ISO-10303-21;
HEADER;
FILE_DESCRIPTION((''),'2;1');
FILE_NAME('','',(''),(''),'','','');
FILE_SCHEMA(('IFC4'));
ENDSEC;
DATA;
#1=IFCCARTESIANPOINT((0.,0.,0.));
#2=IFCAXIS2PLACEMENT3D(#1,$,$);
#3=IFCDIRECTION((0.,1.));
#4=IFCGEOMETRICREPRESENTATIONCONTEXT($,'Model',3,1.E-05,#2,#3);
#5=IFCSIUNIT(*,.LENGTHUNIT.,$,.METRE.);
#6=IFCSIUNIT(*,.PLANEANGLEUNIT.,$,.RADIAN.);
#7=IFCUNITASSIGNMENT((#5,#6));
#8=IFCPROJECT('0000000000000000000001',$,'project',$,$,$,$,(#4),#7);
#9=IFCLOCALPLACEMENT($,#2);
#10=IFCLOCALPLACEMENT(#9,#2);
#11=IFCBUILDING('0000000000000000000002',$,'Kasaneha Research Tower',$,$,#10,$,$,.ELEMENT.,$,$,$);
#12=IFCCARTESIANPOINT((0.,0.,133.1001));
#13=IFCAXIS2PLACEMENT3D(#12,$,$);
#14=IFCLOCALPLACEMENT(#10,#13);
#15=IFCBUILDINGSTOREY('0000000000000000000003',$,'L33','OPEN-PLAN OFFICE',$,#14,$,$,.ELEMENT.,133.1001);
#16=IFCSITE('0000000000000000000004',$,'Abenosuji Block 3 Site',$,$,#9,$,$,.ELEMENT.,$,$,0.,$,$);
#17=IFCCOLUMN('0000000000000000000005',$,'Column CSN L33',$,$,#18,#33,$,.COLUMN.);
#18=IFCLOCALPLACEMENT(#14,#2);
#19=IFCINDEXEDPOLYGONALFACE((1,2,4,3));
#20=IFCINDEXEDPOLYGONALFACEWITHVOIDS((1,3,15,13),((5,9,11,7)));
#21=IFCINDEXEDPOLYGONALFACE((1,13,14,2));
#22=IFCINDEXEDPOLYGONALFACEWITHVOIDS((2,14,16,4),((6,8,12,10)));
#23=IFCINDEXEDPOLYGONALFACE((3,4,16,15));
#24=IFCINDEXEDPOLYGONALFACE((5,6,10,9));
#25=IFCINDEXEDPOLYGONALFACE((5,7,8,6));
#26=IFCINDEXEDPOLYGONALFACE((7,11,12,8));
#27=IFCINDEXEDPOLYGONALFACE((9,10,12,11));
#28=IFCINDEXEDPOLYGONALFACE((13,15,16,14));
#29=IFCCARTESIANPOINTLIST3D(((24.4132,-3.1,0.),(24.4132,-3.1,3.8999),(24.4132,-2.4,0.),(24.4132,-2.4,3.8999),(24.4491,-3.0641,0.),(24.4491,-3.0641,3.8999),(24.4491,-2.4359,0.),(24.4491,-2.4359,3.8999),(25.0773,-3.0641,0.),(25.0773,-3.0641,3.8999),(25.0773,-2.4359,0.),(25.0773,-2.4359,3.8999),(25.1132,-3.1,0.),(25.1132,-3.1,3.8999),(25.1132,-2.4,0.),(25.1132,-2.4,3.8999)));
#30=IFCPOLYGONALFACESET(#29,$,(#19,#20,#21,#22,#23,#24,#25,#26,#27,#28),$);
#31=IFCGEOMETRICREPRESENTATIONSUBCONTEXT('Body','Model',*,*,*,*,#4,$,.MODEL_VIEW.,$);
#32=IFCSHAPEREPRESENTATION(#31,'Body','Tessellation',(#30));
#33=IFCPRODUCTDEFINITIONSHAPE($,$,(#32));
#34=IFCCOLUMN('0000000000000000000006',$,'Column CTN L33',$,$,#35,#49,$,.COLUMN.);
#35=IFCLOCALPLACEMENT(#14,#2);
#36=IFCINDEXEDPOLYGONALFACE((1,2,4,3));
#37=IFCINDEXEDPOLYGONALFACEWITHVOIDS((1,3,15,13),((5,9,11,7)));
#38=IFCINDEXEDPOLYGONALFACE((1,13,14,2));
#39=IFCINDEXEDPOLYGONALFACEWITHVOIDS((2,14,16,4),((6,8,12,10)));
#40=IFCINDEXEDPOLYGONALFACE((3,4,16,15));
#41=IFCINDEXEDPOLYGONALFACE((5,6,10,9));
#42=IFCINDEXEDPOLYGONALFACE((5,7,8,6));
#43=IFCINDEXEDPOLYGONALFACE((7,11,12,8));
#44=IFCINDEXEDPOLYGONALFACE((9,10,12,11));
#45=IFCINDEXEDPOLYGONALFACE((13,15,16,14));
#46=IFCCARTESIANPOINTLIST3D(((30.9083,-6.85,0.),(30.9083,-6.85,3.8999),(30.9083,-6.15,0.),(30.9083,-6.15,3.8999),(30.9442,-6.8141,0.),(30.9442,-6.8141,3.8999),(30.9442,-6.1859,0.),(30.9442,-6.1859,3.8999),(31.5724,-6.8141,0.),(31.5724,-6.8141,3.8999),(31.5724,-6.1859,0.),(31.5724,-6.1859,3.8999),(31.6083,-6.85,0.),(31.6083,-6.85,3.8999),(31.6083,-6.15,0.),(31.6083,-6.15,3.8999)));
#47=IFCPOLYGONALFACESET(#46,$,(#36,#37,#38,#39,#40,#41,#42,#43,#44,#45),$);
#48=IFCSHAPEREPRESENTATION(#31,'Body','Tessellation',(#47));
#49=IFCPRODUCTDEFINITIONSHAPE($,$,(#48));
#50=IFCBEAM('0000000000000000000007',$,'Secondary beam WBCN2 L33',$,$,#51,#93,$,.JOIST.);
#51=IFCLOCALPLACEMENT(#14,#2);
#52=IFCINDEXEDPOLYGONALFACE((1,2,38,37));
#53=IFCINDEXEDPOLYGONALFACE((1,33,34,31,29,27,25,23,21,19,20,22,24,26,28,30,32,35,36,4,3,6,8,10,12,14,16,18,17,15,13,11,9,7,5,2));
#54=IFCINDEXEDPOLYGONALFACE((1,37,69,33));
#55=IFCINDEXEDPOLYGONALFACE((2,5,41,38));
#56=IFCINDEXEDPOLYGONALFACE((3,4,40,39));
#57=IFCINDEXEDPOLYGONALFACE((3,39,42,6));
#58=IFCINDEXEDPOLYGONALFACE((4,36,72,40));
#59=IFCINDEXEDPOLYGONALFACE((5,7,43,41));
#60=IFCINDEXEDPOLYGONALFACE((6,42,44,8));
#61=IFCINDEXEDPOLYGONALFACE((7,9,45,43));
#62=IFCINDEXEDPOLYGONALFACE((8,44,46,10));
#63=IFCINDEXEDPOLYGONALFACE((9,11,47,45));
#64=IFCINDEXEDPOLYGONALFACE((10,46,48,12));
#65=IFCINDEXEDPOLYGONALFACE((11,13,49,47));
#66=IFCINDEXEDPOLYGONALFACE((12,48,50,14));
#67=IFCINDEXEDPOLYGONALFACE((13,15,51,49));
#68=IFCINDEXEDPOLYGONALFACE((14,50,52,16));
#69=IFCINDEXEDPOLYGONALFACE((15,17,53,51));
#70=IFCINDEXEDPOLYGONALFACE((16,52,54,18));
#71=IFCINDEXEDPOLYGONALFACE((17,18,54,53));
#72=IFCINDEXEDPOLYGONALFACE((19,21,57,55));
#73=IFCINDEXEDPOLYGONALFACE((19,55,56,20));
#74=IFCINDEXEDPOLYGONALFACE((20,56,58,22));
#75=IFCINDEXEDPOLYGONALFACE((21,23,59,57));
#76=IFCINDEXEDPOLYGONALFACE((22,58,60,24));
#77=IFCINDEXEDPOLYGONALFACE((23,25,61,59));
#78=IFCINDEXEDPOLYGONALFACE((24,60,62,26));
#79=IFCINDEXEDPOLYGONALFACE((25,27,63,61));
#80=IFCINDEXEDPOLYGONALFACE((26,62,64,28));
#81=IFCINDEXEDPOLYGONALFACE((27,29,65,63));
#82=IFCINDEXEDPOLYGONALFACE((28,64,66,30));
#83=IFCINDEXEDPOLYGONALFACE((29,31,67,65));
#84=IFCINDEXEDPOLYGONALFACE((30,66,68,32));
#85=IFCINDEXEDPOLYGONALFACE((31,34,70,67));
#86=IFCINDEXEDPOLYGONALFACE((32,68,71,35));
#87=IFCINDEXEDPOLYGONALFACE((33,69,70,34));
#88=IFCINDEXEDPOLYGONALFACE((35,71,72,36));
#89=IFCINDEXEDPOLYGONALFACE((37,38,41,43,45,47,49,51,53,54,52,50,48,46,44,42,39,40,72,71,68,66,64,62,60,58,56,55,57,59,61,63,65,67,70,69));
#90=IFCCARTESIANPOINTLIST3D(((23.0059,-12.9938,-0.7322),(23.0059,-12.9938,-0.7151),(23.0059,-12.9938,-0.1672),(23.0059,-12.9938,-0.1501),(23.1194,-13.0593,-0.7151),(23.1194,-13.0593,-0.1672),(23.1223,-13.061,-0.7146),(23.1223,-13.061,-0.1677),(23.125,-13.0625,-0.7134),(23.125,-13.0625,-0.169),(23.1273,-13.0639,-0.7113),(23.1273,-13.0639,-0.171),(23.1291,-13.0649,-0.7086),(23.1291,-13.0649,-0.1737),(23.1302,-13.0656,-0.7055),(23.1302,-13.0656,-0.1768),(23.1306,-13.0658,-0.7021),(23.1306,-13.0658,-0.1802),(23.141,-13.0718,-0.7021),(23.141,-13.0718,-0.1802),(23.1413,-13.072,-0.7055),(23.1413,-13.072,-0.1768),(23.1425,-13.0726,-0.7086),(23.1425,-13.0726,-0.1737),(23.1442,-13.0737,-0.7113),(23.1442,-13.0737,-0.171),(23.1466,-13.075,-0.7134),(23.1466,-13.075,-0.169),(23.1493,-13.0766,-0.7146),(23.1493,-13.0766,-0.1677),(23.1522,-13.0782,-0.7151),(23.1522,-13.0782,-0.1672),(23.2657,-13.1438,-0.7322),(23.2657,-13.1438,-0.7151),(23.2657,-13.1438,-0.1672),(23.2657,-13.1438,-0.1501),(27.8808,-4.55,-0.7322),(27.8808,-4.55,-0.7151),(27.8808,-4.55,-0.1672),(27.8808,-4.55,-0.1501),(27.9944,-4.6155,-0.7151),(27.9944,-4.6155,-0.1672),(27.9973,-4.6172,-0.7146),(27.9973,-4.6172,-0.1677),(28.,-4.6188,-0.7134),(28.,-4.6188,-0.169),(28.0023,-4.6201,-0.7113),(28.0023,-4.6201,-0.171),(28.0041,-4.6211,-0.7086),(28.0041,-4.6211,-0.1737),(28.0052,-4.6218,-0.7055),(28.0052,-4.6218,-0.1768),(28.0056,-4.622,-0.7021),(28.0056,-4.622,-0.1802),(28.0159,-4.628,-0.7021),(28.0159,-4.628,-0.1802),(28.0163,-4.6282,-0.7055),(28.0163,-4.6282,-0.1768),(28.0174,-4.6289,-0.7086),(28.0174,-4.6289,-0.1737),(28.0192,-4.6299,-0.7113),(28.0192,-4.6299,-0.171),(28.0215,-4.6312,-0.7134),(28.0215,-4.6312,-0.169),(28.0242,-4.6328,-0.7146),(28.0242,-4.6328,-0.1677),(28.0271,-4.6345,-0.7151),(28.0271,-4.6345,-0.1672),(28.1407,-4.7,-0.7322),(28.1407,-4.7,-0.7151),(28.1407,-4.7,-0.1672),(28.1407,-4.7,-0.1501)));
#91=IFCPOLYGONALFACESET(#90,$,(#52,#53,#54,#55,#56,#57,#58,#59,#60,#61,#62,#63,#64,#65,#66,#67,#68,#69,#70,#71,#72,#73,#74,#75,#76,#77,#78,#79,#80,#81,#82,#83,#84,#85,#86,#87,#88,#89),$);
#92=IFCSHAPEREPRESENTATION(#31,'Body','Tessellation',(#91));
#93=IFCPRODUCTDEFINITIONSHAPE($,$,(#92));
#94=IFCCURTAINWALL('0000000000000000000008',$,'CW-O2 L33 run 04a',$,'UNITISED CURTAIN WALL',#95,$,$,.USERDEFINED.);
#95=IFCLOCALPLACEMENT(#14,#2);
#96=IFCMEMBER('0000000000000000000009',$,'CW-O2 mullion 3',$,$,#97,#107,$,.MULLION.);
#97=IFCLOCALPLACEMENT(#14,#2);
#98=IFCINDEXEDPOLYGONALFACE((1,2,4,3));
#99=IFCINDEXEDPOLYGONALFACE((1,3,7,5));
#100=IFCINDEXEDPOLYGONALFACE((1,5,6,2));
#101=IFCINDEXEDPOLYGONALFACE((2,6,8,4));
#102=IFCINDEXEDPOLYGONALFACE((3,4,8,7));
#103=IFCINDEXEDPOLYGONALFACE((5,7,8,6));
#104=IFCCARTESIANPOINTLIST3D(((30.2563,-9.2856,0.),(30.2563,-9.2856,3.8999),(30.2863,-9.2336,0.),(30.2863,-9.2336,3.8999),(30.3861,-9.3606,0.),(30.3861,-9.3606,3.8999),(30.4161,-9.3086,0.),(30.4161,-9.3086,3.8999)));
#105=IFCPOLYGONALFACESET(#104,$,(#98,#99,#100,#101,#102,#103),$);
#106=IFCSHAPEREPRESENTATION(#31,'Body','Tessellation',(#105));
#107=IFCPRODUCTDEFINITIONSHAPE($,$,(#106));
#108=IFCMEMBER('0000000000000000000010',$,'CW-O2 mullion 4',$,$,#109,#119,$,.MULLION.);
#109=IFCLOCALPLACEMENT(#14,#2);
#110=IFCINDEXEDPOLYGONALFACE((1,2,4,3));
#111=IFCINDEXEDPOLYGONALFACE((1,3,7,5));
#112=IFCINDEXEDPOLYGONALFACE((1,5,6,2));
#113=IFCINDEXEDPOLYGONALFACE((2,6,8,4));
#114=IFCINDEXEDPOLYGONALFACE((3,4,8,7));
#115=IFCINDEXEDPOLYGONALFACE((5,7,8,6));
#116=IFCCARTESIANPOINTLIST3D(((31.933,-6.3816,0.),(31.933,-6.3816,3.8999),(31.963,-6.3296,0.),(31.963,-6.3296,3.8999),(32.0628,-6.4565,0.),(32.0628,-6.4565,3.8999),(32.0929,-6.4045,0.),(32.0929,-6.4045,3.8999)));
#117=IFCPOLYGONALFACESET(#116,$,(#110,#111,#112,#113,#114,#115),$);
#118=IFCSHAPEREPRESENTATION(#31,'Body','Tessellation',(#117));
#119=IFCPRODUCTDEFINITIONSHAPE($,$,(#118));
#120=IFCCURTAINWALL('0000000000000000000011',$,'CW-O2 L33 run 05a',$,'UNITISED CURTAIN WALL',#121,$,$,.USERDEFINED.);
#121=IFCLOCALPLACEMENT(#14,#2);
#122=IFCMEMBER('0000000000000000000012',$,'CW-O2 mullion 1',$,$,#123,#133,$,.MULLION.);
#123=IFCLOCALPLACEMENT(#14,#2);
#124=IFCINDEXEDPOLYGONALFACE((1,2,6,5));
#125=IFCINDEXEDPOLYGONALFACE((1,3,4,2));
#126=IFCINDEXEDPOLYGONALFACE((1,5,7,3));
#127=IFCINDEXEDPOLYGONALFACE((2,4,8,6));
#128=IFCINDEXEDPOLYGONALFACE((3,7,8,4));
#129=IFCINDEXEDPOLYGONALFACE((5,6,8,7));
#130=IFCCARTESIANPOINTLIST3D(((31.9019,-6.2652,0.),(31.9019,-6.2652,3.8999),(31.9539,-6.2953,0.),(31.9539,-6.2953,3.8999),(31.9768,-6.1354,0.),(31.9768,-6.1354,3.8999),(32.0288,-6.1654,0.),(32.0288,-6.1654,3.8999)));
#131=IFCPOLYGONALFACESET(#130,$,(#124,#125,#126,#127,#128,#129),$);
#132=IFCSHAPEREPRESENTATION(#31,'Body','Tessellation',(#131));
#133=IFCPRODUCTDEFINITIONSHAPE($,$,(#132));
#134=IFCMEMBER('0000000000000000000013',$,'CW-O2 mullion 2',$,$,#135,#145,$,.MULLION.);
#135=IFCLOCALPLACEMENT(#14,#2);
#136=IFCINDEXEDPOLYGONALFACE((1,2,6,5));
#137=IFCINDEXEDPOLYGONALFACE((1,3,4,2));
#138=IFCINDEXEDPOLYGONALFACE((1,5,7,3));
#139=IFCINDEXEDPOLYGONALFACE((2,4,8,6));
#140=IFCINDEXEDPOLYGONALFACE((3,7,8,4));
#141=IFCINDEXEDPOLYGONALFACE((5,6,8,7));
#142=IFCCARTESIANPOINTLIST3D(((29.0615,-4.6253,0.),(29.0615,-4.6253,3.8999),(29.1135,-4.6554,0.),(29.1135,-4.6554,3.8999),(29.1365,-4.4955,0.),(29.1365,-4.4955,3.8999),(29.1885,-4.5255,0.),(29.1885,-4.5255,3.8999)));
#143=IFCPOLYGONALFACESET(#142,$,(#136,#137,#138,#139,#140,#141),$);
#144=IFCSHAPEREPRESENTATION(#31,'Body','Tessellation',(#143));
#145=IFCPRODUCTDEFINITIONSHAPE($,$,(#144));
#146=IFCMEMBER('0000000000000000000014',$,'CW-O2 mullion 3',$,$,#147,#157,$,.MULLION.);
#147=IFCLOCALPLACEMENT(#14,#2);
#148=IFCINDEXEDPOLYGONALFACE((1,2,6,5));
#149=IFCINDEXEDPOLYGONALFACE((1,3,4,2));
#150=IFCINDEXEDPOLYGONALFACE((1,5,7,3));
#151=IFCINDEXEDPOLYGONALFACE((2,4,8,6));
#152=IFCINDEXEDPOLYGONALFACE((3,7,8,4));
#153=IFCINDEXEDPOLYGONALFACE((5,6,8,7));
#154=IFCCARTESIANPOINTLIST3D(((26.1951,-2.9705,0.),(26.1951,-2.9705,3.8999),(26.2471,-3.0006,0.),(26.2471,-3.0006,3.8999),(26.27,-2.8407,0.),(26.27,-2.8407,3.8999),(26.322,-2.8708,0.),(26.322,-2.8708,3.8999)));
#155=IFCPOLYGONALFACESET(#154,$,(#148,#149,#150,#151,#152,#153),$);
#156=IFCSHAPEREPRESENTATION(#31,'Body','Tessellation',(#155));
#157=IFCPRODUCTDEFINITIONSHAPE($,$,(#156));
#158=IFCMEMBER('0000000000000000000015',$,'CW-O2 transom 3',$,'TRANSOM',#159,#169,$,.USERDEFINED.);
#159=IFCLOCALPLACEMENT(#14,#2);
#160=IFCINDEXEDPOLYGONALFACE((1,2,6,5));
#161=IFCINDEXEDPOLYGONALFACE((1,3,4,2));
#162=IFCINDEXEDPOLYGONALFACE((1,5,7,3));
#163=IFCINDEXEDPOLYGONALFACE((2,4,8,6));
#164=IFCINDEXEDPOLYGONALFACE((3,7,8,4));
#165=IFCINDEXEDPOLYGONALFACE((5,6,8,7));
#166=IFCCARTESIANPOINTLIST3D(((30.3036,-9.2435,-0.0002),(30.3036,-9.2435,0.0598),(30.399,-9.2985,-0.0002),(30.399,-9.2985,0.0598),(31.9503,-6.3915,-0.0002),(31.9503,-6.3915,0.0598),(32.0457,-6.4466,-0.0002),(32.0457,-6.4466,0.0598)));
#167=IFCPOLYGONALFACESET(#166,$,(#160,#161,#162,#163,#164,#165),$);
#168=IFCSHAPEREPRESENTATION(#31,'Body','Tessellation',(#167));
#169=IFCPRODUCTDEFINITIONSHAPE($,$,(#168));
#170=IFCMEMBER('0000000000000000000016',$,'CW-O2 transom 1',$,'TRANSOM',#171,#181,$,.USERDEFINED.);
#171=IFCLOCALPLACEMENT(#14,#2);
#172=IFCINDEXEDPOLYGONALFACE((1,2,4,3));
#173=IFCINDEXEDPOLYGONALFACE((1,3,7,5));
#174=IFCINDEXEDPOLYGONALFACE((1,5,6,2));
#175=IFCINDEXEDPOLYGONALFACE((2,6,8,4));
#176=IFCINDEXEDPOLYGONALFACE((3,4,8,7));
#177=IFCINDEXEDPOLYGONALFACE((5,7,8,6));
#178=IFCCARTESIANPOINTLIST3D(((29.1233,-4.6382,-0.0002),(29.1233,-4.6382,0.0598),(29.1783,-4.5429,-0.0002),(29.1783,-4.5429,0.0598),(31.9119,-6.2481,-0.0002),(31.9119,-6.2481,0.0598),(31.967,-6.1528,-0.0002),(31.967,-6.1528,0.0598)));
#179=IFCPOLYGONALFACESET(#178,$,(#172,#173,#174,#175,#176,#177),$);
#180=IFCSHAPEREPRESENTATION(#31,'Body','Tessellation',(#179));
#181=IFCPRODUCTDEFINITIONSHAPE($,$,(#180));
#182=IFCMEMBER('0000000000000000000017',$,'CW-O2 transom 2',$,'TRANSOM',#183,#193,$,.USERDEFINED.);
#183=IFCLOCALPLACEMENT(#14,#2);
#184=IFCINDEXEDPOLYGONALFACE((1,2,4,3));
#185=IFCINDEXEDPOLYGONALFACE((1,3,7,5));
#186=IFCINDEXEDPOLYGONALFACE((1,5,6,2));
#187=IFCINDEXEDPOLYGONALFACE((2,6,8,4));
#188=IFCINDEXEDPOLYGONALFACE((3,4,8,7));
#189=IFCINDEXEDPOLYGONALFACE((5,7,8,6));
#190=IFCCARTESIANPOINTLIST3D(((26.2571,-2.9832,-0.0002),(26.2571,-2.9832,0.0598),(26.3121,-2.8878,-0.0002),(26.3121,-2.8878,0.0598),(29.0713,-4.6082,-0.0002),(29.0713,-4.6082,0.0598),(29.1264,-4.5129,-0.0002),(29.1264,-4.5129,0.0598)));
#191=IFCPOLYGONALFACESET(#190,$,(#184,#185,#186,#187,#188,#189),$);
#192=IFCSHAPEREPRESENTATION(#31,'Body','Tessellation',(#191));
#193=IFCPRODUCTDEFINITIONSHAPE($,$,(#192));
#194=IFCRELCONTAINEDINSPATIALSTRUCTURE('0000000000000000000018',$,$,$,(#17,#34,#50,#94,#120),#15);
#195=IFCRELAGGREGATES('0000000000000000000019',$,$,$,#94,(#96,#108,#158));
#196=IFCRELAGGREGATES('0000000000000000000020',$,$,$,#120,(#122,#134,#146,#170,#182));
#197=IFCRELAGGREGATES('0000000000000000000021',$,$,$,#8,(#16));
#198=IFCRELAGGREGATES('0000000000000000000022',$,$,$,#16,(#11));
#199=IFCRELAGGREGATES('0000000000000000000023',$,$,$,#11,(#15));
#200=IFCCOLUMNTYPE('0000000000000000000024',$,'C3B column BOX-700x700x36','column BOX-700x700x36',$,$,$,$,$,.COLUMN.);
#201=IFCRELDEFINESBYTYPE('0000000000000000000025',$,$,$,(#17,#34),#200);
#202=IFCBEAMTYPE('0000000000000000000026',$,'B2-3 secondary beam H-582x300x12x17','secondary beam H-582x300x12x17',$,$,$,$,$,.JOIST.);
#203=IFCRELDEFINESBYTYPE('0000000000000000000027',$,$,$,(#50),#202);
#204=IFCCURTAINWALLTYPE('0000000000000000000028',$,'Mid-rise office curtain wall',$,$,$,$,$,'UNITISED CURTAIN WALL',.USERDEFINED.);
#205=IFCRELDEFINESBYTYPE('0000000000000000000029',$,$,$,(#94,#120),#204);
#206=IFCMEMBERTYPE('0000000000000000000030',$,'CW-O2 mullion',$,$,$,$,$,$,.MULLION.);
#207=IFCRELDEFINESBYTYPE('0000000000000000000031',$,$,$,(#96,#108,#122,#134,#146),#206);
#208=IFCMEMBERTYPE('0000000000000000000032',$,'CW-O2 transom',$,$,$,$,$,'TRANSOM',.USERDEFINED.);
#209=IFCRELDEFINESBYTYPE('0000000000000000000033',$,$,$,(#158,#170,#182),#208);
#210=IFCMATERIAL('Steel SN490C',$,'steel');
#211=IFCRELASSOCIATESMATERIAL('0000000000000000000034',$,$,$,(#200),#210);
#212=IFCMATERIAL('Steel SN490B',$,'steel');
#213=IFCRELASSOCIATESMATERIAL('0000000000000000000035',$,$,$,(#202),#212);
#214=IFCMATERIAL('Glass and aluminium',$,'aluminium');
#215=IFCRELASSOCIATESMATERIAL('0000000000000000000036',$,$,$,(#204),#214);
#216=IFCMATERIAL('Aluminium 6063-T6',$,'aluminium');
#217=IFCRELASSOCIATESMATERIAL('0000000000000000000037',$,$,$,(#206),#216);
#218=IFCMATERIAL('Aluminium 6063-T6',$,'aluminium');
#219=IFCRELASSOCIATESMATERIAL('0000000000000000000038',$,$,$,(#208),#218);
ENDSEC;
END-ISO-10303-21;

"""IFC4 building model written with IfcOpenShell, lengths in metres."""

from ifc_helpers import new_model, si_unit, direction, frame, origin, origin_2d, place, context, subcontext, project, spatial, rectangle, hollow_rectangle, i_section, extrude, material, material_profile, profile_set, type_object, element, aggregate, save


model = new_model("IFC4")

# Units and contexts
model_context = context("Model", 3, precision=1e-05, world=origin(), true_north=direction((0.0, 1.0)))
body_context = subcontext(model_context, "Body", "Model", "MODEL_VIEW")
ifc_project = project(units=[si_unit("LENGTHUNIT", "METRE"), si_unit("PLANEANGLEUNIT", "RADIAN")], contexts=[model_context])

# Site, building, storey
site_placement = place(None, origin())
site = spatial("IfcSite", under=ifc_project, at=site_placement, Name="Abenosuji Block 3 Site", CompositionType="ELEMENT", RefElevation=0.0)
building_placement = place(site_placement, origin())
building = spatial("IfcBuilding", under=site, at=building_placement, Name="Kasaneha Research Tower", CompositionType="ELEMENT")
storey_placement = place(building_placement, frame((0.0, 0.0, 133.1001)))
storey = spatial("IfcBuildingStorey", under=building, at=storey_placement, Name="L33", Description="OPEN-PLAN OFFICE", CompositionType="ELEMENT", Elevation=133.1001)

# Columns
ifc_material_1 = material(Name="Steel SN490C", Category="steel")
ifc_material_profile_1 = material_profile(ifc_material_1, hollow_rectangle(XDim=0.7, YDim=0.7, WallThickness=0.0359, at=origin_2d()), Name="BOX-700x700x36")
ifc_profile_set_1 = profile_set([ifc_material_profile_1], Name="Steel SN490C")
column_type = type_object("IfcColumnType", Name="C3B column BOX-700x700x36", Description="column BOX-700x700x36", PredefinedType="COLUMN", material=ifc_profile_set_1)
for number, where, z_axis, x_axis, name in (
    (1, (24.7632, -2.75, 0.0), (0.0, 0.0, 1.0), (1.0, 0.0, 0.0), "Column CSN L33"),
    (2, (31.2583, -6.5, 0.0), (0.0, 0.0, 1.0), (1.0, 0.0, 0.0), "Column CTN L33"),
):
    element("IfcColumn", number, at=place(storey_placement, frame(where, z_axis=z_axis, x_axis=x_axis)), inside=storey, type_object=column_type, Name=name, PredefinedType="COLUMN", context=body_context, shape_type="SweptSolid", body=[
        extrude(hollow_rectangle(XDim=0.7, YDim=0.7, WallThickness=0.0359, at=origin_2d()), origin(), (0.0, 0.0, 1.0), 3.8999),
    ])

# Beam
ifc_material_2 = material(Name="Steel SN490B", Category="steel")
ifc_material_profile_2 = material_profile(ifc_material_2, i_section(OverallWidth=0.3, OverallDepth=0.582, WebThickness=0.012, FlangeThickness=0.0171, FilletRadius=0.0129, at=origin_2d()), Name="H-582x300x12x17")
ifc_profile_set_2 = profile_set([ifc_material_profile_2], Name="Steel SN490B")
beam_type_1 = type_object("IfcBeamType", Name="B2-3 secondary beam H-582x300x12x17", Description="secondary beam H-582x300x12x17", PredefinedType="JOIST", material=ifc_profile_set_2)
beam_1_placement = place(storey_placement, frame((28.0107, -4.625, -0.4412), z_axis=(-0.499996, -0.866028, 0.0), x_axis=(0.866028, -0.499996, 0.0)))
element("IfcBeam", 3, at=beam_1_placement, inside=storey, type_object=beam_type_1, Name="Secondary beam WBCN2 L33", PredefinedType="JOIST", context=body_context, shape_type="SweptSolid", body=[
    extrude(i_section(OverallWidth=0.3, OverallDepth=0.582, WebThickness=0.012, FlangeThickness=0.0171, FilletRadius=0.0129, at=origin_2d()), origin(), (0.0, 0.0, 1.0), 9.75),
])

# Curtain walls, members
ifc_material_3 = material(Name="Glass and aluminium", Category="aluminium")
curtain_wall_type = type_object("IfcCurtainWallType", Name="Mid-rise office curtain wall", ElementType="UNITISED CURTAIN WALL", PredefinedType="USERDEFINED", material=ifc_material_3)
curtain_wall_1_placement = place(storey_placement, origin())
curtain_wall_1 = element("IfcCurtainWall", 4, at=curtain_wall_1_placement, inside=storey, type_object=curtain_wall_type, Name="CW-O2 L33 run 04a", ObjectType="UNITISED CURTAIN WALL", PredefinedType="USERDEFINED")
ifc_material_4 = material(Name="Aluminium 6063-T6", Category="aluminium")
ifc_material_profile_3 = material_profile(ifc_material_4, rectangle(XDim=0.0601, YDim=0.1499, at=origin_2d()), Name="CW-O2 mullion 60x150")
ifc_profile_set_3 = profile_set([ifc_material_profile_3], Name="Aluminium 6063-T6")
member_type_1 = type_object("IfcMemberType", Name="CW-O2 mullion", PredefinedType="MULLION", material=ifc_profile_set_3)
member_1_placement = place(storey_placement, frame((30.3362, -9.2971, 0.0), z_axis=(0.0, 0.0, 1.0), x_axis=(0.5, 0.866025, 0.0)))
member_1 = element("IfcMember", 5, at=member_1_placement, type_object=member_type_1, Name="CW-O2 mullion 3", PredefinedType="MULLION", context=body_context, shape_type="SweptSolid", body=[
    extrude(rectangle(XDim=0.0601, YDim=0.1499, at=origin_2d()), origin(), (0.0, 0.0, 1.0), 3.8999),
])
member_2_placement = place(storey_placement, frame((32.0129, -6.3931, 0.0), z_axis=(0.0, 0.0, 1.0), x_axis=(0.5, 0.866025, 0.0)))
member_2 = element("IfcMember", 6, at=member_2_placement, type_object=member_type_1, Name="CW-O2 mullion 4", PredefinedType="MULLION", context=body_context, shape_type="SweptSolid", body=[
    extrude(rectangle(XDim=0.0601, YDim=0.1499, at=origin_2d()), origin(), (0.0, 0.0, 1.0), 3.8999),
])
curtain_wall_2_placement = place(storey_placement, origin())
curtain_wall_2 = element("IfcCurtainWall", 7, at=curtain_wall_2_placement, inside=storey, type_object=curtain_wall_type, Name="CW-O2 L33 run 05a", ObjectType="UNITISED CURTAIN WALL", PredefinedType="USERDEFINED")
member_3_placement = place(storey_placement, frame((31.9653, -6.2153, 0.0), z_axis=(0.0, 0.0, 1.0), x_axis=(-0.866025, 0.5, 0.0)))
member_3 = element("IfcMember", 8, at=member_3_placement, type_object=member_type_1, Name="CW-O2 mullion 1", PredefinedType="MULLION", context=body_context, shape_type="SweptSolid", body=[
    extrude(rectangle(XDim=0.0601, YDim=0.1499, at=origin_2d()), origin(), (0.0, 0.0, 1.0), 3.8999),
])
member_4_placement = place(storey_placement, frame((29.125, -4.5754, 0.0), z_axis=(0.0, 0.0, 1.0), x_axis=(-0.866025, 0.5, 0.0)))
member_4 = element("IfcMember", 9, at=member_4_placement, type_object=member_type_1, Name="CW-O2 mullion 2", PredefinedType="MULLION", context=body_context, shape_type="SweptSolid", body=[
    extrude(rectangle(XDim=0.0601, YDim=0.1499, at=origin_2d()), origin(), (0.0, 0.0, 1.0), 3.8999),
])
member_5_placement = place(storey_placement, frame((26.2585, -2.9207, 0.0), z_axis=(0.0, 0.0, 1.0), x_axis=(-0.866025, 0.5, 0.0)))
member_5 = element("IfcMember", 10, at=member_5_placement, type_object=member_type_1, Name="CW-O2 mullion 3", PredefinedType="MULLION", context=body_context, shape_type="SweptSolid", body=[
    extrude(rectangle(XDim=0.0601, YDim=0.1499, at=origin_2d()), origin(), (0.0, 0.0, 1.0), 3.8999),
])

# Members
ifc_material_5 = material(Name="Aluminium 6063-T6", Category="aluminium")
ifc_material_profile_4 = material_profile(ifc_material_5, rectangle(XDim=0.1101, YDim=0.0601, at=origin_2d()), Name="CW-O2 transom 110x60")
ifc_profile_set_4 = profile_set([ifc_material_profile_4], Name="Aluminium 6063-T6")
member_type_2 = type_object("IfcMemberType", Name="CW-O2 transom", ElementType="TRANSOM", PredefinedType="USERDEFINED", material=ifc_profile_set_4)
member_6_placement = place(storey_placement, frame((30.3513, -9.271, 0.0298), z_axis=(0.500022, 0.866013, 0.0), x_axis=(-0.866013, 0.500022, 0.0)))
member_6 = element("IfcMember", 11, at=member_6_placement, type_object=member_type_2, Name="CW-O2 transom 3", ObjectType="TRANSOM", PredefinedType="USERDEFINED", context=body_context, shape_type="SweptSolid", body=[
    extrude(rectangle(XDim=0.1101, YDim=0.0601, at=origin_2d()), origin(), (0.0, 0.0, 1.0), 3.2932),
])
member_7_placement = place(storey_placement, frame((31.9395, -6.2004, 0.0298), z_axis=(-0.866042, 0.499972, 0.0), x_axis=(-0.499972, -0.866042, 0.0)))
member_7 = element("IfcMember", 12, at=member_7_placement, type_object=member_type_2, Name="CW-O2 transom 1", ObjectType="TRANSOM", PredefinedType="USERDEFINED", context=body_context, shape_type="SweptSolid", body=[
    extrude(rectangle(XDim=0.1101, YDim=0.0601, at=origin_2d()), origin(), (0.0, 0.0, 1.0), 3.22),
])
member_8_placement = place(storey_placement, frame((29.0989, -4.5605, 0.0298), z_axis=(-0.865997, 0.50005, 0.0), x_axis=(-0.50005, -0.865997, 0.0)))
member_8 = element("IfcMember", 13, at=member_8_placement, type_object=member_type_2, Name="CW-O2 transom 2", ObjectType="TRANSOM", PredefinedType="USERDEFINED", context=body_context, shape_type="SweptSolid", body=[
    extrude(rectangle(XDim=0.1101, YDim=0.0601, at=origin_2d()), origin(), (0.0, 0.0, 1.0), 3.2498),
])

aggregate(curtain_wall_1, [member_1, member_2, member_6])
aggregate(curtain_wall_2, [member_3, member_4, member_5, member_7, member_8])

save(model, "model.ifc")
